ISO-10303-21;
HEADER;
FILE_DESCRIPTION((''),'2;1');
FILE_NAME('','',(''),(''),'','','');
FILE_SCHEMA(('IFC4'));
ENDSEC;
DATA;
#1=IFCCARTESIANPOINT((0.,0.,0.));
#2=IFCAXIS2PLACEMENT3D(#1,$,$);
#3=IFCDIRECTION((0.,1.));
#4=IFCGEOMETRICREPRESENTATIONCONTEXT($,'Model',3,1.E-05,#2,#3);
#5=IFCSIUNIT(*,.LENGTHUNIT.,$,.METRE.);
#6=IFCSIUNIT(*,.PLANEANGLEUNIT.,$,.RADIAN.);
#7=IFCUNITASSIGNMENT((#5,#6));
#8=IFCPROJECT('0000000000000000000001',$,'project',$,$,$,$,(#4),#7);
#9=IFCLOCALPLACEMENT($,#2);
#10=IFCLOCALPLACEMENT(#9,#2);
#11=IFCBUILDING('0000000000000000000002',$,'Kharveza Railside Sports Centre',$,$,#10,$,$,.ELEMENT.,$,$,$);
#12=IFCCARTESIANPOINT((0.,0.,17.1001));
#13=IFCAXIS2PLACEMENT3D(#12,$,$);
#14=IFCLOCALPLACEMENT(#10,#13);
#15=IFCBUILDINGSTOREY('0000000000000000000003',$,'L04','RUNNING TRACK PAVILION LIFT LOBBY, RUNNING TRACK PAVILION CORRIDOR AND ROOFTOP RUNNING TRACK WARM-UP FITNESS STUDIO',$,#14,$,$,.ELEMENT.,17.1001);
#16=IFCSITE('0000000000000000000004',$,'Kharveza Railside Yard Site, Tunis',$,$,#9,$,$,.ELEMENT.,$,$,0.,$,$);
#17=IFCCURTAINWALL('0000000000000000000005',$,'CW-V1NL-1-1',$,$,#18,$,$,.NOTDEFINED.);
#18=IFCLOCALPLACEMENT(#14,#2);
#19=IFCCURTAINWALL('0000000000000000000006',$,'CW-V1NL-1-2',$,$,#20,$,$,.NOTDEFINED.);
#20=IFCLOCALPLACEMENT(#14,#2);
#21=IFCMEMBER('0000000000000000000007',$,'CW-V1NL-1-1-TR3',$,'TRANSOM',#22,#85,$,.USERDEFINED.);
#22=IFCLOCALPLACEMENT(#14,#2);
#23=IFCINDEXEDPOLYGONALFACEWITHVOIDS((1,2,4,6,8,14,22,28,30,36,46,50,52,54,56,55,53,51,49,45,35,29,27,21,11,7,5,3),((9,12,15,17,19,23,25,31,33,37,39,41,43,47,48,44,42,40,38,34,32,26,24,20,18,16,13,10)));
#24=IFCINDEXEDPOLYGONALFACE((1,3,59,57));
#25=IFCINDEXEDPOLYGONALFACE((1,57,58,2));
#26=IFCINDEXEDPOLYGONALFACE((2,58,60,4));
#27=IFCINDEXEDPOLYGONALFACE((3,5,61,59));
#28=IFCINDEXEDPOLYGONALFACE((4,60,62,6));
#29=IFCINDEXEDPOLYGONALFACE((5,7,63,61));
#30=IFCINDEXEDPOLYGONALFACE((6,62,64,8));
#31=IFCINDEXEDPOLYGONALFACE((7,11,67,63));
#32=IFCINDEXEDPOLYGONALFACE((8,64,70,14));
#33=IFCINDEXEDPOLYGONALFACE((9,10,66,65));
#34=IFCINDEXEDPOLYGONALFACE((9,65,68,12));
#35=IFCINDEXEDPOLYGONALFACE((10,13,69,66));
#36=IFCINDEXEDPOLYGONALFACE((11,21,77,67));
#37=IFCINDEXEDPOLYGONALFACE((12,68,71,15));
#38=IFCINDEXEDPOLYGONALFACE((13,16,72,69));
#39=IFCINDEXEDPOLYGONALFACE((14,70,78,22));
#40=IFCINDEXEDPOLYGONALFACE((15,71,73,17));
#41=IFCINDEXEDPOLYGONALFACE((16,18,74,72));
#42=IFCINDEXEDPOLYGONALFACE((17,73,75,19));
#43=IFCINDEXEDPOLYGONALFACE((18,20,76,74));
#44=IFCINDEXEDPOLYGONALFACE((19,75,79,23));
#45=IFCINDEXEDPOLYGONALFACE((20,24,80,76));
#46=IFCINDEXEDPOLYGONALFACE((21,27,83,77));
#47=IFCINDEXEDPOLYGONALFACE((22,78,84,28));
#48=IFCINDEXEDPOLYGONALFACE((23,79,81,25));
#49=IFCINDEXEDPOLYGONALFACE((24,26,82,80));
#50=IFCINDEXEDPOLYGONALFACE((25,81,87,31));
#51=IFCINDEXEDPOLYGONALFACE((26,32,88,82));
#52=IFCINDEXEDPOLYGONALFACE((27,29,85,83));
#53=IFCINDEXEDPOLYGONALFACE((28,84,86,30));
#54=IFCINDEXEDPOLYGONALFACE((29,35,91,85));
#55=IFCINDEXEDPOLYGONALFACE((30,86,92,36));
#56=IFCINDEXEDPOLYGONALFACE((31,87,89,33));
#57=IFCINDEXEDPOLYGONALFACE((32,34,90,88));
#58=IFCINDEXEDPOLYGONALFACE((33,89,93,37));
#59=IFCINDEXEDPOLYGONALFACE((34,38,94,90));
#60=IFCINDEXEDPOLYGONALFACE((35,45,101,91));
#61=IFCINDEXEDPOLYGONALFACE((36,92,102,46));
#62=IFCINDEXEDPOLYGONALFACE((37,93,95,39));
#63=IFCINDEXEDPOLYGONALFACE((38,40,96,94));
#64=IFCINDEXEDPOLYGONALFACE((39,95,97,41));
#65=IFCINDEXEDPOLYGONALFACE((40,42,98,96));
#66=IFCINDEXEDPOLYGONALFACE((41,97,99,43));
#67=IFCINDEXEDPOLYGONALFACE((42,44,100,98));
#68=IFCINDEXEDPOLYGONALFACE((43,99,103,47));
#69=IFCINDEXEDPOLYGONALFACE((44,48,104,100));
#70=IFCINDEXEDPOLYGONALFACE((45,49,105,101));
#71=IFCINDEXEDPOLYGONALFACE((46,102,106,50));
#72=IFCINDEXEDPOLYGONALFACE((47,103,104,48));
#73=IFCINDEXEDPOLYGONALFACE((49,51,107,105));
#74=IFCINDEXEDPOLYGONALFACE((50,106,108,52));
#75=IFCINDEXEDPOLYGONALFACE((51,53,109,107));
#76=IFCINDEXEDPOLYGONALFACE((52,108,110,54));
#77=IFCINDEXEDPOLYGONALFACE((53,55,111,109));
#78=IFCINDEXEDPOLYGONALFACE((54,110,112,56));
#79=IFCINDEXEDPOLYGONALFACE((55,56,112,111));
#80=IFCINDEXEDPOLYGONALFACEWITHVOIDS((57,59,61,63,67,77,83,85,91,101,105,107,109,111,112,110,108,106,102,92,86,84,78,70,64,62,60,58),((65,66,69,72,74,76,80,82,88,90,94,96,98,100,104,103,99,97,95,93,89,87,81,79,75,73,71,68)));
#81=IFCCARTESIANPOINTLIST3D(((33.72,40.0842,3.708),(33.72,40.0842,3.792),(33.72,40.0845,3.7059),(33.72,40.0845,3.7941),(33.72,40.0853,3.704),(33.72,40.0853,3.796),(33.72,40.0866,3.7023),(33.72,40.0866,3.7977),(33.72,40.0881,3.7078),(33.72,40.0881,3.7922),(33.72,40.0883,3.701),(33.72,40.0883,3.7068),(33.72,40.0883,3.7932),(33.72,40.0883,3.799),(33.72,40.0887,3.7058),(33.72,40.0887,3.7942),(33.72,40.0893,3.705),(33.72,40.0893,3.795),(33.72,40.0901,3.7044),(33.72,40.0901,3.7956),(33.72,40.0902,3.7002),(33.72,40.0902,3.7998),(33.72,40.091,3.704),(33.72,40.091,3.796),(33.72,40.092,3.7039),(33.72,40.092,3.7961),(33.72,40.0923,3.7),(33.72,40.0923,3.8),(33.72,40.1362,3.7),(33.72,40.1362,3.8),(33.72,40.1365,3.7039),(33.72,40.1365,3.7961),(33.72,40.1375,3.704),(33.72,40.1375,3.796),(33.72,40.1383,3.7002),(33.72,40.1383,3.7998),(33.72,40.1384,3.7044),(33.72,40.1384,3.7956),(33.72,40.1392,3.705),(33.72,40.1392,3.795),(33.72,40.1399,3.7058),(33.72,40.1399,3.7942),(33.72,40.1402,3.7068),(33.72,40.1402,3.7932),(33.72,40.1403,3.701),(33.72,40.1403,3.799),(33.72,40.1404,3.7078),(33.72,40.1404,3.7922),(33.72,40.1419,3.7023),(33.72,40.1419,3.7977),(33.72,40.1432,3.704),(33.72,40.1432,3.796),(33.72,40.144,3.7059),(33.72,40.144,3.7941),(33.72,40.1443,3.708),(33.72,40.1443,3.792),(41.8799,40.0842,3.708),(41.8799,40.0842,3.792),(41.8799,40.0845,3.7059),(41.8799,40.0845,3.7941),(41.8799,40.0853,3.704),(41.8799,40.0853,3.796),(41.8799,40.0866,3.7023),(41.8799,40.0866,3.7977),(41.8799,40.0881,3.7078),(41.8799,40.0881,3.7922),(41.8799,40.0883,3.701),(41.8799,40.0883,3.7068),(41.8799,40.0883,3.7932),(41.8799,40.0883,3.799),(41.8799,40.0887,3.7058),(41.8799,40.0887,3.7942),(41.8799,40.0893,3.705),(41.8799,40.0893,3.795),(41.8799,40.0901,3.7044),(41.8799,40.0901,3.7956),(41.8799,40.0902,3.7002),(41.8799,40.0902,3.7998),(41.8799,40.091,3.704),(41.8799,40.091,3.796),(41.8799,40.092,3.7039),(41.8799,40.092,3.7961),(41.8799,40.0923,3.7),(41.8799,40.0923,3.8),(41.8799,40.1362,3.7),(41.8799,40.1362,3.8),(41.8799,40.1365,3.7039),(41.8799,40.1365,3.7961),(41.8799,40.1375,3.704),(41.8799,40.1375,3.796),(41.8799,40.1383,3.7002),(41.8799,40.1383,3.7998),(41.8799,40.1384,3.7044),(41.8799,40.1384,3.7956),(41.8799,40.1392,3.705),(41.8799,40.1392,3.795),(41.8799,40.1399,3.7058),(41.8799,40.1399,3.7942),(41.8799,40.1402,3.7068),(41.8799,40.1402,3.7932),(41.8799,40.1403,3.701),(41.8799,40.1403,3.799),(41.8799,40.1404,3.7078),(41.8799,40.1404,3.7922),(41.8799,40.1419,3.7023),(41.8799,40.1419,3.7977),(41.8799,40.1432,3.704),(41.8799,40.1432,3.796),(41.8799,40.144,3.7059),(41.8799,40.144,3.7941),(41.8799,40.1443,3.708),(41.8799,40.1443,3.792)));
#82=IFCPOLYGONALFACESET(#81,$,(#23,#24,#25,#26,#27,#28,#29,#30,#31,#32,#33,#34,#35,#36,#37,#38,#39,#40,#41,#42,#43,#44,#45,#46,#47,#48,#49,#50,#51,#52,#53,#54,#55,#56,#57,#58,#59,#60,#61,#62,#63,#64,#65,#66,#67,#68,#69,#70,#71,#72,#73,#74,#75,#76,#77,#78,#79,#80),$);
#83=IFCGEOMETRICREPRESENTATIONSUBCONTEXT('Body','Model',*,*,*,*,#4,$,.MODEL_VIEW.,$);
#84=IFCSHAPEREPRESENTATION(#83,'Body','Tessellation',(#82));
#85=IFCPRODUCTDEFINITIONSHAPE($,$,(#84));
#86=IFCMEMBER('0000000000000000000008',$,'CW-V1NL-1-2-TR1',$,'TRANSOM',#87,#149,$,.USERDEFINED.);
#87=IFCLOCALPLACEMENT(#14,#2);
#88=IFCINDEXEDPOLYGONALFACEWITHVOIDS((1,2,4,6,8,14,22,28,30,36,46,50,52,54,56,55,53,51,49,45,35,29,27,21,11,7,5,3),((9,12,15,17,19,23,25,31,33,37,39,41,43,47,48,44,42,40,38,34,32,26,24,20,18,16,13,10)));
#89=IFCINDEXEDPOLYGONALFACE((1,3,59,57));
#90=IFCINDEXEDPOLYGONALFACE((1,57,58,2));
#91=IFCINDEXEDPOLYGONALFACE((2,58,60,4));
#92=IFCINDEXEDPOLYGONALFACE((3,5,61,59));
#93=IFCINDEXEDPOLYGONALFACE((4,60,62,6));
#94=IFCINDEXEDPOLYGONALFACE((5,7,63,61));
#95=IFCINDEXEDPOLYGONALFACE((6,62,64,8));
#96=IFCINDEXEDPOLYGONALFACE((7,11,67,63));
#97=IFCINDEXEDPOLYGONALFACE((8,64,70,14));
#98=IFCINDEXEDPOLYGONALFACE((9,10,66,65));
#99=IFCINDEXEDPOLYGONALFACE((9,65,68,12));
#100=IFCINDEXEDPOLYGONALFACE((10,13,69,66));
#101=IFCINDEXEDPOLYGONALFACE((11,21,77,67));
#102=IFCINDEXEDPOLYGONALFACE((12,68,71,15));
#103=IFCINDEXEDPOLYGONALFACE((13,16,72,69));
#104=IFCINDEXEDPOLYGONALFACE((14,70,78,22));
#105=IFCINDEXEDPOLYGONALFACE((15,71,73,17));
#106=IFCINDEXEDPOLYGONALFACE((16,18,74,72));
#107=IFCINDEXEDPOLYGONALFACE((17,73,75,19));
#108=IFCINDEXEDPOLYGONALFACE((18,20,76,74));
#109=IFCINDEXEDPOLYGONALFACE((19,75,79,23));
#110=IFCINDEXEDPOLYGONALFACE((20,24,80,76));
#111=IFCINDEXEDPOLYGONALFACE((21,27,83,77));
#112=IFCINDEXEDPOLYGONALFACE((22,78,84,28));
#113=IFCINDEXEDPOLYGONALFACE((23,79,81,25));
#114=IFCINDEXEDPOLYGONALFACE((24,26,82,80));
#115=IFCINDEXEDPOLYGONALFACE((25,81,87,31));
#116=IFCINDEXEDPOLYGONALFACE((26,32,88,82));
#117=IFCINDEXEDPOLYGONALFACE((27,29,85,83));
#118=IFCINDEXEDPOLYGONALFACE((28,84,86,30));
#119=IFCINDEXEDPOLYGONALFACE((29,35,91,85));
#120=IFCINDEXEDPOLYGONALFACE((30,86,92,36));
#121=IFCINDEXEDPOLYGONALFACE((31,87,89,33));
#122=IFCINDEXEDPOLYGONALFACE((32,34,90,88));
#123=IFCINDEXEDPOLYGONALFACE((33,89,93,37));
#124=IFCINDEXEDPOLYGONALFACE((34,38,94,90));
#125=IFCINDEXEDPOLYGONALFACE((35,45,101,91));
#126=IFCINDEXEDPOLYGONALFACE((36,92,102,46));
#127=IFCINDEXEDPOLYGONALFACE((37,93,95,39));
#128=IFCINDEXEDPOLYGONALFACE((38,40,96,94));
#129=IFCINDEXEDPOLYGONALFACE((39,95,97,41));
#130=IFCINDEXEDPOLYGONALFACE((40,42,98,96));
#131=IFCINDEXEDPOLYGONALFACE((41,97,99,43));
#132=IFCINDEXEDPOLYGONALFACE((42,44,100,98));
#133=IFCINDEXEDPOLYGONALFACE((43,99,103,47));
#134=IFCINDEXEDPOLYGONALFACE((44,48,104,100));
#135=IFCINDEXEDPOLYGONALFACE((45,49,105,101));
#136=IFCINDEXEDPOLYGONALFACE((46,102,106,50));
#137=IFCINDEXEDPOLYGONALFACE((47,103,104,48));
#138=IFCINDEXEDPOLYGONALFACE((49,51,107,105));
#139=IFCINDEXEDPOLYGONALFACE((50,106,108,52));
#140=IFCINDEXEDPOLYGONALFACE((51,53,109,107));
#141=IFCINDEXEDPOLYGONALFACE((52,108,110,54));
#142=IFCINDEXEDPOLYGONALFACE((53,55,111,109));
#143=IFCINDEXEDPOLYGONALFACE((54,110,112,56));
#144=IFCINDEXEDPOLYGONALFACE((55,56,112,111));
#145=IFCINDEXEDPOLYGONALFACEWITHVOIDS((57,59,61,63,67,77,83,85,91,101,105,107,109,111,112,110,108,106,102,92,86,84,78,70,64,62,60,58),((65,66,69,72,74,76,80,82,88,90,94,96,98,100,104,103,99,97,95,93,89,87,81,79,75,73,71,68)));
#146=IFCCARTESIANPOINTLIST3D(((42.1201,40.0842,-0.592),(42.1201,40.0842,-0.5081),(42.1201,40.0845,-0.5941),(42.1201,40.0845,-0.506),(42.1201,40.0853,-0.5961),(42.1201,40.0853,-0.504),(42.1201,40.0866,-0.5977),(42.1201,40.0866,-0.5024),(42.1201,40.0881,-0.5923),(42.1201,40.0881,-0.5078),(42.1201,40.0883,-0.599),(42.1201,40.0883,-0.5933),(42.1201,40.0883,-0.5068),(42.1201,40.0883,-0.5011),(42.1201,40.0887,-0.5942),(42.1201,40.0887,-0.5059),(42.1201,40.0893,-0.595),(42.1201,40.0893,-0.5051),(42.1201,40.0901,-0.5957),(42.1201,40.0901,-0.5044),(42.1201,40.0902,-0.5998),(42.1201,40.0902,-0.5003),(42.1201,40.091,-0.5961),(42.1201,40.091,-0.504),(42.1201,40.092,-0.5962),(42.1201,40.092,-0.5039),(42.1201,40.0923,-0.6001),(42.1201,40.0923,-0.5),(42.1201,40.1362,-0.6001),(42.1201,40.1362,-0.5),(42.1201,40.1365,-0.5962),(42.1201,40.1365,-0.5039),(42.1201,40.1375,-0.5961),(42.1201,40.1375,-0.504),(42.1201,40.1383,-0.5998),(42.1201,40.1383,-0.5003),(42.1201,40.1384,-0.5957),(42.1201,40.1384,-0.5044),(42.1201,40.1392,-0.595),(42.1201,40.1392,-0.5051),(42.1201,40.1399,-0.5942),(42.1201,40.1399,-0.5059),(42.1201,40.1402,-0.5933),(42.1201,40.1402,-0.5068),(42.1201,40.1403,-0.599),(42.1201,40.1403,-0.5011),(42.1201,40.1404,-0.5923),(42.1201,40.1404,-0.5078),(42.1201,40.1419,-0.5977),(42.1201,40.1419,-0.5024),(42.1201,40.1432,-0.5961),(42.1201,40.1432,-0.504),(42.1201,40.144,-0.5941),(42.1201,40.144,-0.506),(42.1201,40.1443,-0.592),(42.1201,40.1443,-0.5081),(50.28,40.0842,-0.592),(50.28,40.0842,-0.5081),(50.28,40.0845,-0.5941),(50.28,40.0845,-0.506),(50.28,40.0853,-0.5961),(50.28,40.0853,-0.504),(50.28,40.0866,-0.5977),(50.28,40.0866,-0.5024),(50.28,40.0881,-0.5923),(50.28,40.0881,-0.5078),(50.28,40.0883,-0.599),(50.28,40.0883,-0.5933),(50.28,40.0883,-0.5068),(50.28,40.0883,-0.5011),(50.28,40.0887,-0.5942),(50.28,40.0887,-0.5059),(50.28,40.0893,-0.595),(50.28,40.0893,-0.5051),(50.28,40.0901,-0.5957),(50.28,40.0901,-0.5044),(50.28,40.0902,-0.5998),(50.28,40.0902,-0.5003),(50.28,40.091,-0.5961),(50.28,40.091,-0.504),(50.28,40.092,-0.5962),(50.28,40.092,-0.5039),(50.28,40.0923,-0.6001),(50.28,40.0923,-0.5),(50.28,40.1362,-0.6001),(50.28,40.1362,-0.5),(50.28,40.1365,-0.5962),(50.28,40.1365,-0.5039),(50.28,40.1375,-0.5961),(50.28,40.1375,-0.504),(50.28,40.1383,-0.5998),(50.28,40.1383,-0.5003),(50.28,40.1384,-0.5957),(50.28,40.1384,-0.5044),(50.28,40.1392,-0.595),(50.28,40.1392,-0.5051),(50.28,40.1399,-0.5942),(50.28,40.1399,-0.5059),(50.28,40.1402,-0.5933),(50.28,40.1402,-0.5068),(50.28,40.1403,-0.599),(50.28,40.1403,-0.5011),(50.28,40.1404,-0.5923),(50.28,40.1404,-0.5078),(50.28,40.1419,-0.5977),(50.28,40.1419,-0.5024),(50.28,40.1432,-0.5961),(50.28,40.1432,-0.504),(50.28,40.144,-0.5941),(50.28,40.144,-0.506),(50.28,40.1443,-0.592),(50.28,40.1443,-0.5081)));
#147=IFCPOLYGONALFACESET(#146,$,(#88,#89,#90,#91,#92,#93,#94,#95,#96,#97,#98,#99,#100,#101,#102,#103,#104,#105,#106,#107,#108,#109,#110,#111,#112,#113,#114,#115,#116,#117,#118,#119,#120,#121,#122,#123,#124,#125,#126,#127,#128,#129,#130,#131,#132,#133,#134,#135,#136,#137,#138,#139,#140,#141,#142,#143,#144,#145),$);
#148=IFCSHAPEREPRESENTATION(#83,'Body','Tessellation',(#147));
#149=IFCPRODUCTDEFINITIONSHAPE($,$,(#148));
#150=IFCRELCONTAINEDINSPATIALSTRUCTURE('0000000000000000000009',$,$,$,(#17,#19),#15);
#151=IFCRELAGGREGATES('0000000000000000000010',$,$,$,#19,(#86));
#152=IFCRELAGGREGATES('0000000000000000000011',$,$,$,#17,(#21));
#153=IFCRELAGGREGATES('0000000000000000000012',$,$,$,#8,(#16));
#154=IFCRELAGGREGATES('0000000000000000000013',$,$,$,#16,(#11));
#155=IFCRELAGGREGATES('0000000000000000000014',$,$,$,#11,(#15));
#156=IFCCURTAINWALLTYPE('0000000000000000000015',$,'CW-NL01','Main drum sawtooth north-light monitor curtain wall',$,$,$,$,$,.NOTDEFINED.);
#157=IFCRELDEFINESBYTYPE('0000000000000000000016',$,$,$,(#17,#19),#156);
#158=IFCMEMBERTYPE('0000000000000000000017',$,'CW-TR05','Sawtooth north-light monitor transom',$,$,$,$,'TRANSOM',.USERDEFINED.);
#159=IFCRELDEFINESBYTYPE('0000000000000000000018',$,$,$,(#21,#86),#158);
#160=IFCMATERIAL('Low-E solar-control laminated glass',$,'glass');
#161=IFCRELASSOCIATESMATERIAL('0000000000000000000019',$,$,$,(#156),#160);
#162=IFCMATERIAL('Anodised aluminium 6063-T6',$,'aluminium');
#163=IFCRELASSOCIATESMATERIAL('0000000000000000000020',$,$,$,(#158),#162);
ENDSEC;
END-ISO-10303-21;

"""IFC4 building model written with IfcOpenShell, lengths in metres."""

from ifc_helpers import new_model, si_unit, direction, frame, origin, origin_2d, place, context, subcontext, project, spatial, hollow_rectangle, extrude, material, material_profile, profile_set, type_object, element, aggregate, save


model = new_model("IFC4")

# Units and contexts
model_context = context("Model", 3, precision=1e-05, world=origin(), true_north=direction((0.0, 1.0)))
body_context = subcontext(model_context, "Body", "Model", "MODEL_VIEW")
ifc_project = project(units=[si_unit("LENGTHUNIT", "METRE"), si_unit("PLANEANGLEUNIT", "RADIAN")], contexts=[model_context])

# Site, building, storey
site_placement = place(None, origin())
site = spatial("IfcSite", under=ifc_project, at=site_placement, Name="Kharveza Railside Yard Site, Tunis", CompositionType="ELEMENT", RefElevation=0.0)
building_placement = place(site_placement, origin())
building = spatial("IfcBuilding", under=site, at=building_placement, Name="Kharveza Railside Sports Centre", CompositionType="ELEMENT")
storey_placement = place(building_placement, frame((0.0, 0.0, 17.1001)))
storey = spatial("IfcBuildingStorey", under=building, at=storey_placement, Name="L04", Description="RUNNING TRACK PAVILION LIFT LOBBY, RUNNING TRACK PAVILION CORRIDOR AND ROOFTOP RUNNING TRACK WARM-UP FITNESS STUDIO", CompositionType="ELEMENT", Elevation=17.1001)

# Curtain wall
ifc_material_1 = material(Name="Low-E solar-control laminated glass", Category="glass")
curtain_wall_type = type_object("IfcCurtainWallType", Name="CW-NL01", Description="Main drum sawtooth north-light monitor curtain wall", PredefinedType="NOTDEFINED", material=ifc_material_1)
curtain_wall_1_placement = place(storey_placement, origin())
curtain_wall_1 = element("IfcCurtainWall", 1, at=curtain_wall_1_placement, inside=storey, type_object=curtain_wall_type, Name="CW-V1NL-1-1", PredefinedType="NOTDEFINED")
ifc_material_2 = material(Name="Anodised aluminium 6063-T6", Category="aluminium")

# Curtain wall
curtain_wall_2_placement = place(storey_placement, origin())
curtain_wall_2 = element("IfcCurtainWall", 2, at=curtain_wall_2_placement, inside=storey, type_object=curtain_wall_type, Name="CW-V1NL-1-2", PredefinedType="NOTDEFINED")

# Members
ifc_material_profile_1 = material_profile(ifc_material_2, hollow_rectangle(XDim=0.0601, YDim=0.1001, WallThickness=0.0039, InnerFilletRadius=0.0039, OuterFilletRadius=0.0081, at=origin_2d()), Name="RHS 60x100x4.0")
ifc_profile_set_1 = profile_set([ifc_material_profile_1], Name="Anodised aluminium 6063-T6")
member_type_1 = type_object("IfcMemberType", Name="CW-TR05", Description="Sawtooth north-light monitor transom", ElementType="TRANSOM", PredefinedType="USERDEFINED", material=ifc_profile_set_1)
member_1_placement = place(storey_placement, frame((33.72, 40.1143, 3.75), z_axis=(1.0, 0.0, 0.0), x_axis=(0.0, 1.0, 0.0)))
member_1 = element("IfcMember", 3, at=member_1_placement, type_object=member_type_1, Name="CW-V1NL-1-1-TR3", ObjectType="TRANSOM", PredefinedType="USERDEFINED", context=body_context, shape_type="SweptSolid", body=[
    extrude(hollow_rectangle(XDim=0.0601, YDim=0.1001, WallThickness=0.0039, InnerFilletRadius=0.0039, OuterFilletRadius=0.0081, at=origin_2d()), origin(), (0.0, 0.0, 1.0), 8.1599),
])
member_2_placement = place(storey_placement, frame((42.1201, 40.1143, -0.55), z_axis=(1.0, 0.0, 0.0), x_axis=(0.0, 1.0, 0.0)))
member_2 = element("IfcMember", 4, at=member_2_placement, type_object=member_type_1, Name="CW-V1NL-1-2-TR1", ObjectType="TRANSOM", PredefinedType="USERDEFINED", context=body_context, shape_type="SweptSolid", body=[
    extrude(hollow_rectangle(XDim=0.0601, YDim=0.1001, WallThickness=0.0039, InnerFilletRadius=0.0039, OuterFilletRadius=0.0081, at=origin_2d()), origin(), (0.0, 0.0, 1.0), 8.1599),
])
aggregate(curtain_wall_2, [member_2])

aggregate(curtain_wall_1, [member_1])

save(model, "model.ifc")
